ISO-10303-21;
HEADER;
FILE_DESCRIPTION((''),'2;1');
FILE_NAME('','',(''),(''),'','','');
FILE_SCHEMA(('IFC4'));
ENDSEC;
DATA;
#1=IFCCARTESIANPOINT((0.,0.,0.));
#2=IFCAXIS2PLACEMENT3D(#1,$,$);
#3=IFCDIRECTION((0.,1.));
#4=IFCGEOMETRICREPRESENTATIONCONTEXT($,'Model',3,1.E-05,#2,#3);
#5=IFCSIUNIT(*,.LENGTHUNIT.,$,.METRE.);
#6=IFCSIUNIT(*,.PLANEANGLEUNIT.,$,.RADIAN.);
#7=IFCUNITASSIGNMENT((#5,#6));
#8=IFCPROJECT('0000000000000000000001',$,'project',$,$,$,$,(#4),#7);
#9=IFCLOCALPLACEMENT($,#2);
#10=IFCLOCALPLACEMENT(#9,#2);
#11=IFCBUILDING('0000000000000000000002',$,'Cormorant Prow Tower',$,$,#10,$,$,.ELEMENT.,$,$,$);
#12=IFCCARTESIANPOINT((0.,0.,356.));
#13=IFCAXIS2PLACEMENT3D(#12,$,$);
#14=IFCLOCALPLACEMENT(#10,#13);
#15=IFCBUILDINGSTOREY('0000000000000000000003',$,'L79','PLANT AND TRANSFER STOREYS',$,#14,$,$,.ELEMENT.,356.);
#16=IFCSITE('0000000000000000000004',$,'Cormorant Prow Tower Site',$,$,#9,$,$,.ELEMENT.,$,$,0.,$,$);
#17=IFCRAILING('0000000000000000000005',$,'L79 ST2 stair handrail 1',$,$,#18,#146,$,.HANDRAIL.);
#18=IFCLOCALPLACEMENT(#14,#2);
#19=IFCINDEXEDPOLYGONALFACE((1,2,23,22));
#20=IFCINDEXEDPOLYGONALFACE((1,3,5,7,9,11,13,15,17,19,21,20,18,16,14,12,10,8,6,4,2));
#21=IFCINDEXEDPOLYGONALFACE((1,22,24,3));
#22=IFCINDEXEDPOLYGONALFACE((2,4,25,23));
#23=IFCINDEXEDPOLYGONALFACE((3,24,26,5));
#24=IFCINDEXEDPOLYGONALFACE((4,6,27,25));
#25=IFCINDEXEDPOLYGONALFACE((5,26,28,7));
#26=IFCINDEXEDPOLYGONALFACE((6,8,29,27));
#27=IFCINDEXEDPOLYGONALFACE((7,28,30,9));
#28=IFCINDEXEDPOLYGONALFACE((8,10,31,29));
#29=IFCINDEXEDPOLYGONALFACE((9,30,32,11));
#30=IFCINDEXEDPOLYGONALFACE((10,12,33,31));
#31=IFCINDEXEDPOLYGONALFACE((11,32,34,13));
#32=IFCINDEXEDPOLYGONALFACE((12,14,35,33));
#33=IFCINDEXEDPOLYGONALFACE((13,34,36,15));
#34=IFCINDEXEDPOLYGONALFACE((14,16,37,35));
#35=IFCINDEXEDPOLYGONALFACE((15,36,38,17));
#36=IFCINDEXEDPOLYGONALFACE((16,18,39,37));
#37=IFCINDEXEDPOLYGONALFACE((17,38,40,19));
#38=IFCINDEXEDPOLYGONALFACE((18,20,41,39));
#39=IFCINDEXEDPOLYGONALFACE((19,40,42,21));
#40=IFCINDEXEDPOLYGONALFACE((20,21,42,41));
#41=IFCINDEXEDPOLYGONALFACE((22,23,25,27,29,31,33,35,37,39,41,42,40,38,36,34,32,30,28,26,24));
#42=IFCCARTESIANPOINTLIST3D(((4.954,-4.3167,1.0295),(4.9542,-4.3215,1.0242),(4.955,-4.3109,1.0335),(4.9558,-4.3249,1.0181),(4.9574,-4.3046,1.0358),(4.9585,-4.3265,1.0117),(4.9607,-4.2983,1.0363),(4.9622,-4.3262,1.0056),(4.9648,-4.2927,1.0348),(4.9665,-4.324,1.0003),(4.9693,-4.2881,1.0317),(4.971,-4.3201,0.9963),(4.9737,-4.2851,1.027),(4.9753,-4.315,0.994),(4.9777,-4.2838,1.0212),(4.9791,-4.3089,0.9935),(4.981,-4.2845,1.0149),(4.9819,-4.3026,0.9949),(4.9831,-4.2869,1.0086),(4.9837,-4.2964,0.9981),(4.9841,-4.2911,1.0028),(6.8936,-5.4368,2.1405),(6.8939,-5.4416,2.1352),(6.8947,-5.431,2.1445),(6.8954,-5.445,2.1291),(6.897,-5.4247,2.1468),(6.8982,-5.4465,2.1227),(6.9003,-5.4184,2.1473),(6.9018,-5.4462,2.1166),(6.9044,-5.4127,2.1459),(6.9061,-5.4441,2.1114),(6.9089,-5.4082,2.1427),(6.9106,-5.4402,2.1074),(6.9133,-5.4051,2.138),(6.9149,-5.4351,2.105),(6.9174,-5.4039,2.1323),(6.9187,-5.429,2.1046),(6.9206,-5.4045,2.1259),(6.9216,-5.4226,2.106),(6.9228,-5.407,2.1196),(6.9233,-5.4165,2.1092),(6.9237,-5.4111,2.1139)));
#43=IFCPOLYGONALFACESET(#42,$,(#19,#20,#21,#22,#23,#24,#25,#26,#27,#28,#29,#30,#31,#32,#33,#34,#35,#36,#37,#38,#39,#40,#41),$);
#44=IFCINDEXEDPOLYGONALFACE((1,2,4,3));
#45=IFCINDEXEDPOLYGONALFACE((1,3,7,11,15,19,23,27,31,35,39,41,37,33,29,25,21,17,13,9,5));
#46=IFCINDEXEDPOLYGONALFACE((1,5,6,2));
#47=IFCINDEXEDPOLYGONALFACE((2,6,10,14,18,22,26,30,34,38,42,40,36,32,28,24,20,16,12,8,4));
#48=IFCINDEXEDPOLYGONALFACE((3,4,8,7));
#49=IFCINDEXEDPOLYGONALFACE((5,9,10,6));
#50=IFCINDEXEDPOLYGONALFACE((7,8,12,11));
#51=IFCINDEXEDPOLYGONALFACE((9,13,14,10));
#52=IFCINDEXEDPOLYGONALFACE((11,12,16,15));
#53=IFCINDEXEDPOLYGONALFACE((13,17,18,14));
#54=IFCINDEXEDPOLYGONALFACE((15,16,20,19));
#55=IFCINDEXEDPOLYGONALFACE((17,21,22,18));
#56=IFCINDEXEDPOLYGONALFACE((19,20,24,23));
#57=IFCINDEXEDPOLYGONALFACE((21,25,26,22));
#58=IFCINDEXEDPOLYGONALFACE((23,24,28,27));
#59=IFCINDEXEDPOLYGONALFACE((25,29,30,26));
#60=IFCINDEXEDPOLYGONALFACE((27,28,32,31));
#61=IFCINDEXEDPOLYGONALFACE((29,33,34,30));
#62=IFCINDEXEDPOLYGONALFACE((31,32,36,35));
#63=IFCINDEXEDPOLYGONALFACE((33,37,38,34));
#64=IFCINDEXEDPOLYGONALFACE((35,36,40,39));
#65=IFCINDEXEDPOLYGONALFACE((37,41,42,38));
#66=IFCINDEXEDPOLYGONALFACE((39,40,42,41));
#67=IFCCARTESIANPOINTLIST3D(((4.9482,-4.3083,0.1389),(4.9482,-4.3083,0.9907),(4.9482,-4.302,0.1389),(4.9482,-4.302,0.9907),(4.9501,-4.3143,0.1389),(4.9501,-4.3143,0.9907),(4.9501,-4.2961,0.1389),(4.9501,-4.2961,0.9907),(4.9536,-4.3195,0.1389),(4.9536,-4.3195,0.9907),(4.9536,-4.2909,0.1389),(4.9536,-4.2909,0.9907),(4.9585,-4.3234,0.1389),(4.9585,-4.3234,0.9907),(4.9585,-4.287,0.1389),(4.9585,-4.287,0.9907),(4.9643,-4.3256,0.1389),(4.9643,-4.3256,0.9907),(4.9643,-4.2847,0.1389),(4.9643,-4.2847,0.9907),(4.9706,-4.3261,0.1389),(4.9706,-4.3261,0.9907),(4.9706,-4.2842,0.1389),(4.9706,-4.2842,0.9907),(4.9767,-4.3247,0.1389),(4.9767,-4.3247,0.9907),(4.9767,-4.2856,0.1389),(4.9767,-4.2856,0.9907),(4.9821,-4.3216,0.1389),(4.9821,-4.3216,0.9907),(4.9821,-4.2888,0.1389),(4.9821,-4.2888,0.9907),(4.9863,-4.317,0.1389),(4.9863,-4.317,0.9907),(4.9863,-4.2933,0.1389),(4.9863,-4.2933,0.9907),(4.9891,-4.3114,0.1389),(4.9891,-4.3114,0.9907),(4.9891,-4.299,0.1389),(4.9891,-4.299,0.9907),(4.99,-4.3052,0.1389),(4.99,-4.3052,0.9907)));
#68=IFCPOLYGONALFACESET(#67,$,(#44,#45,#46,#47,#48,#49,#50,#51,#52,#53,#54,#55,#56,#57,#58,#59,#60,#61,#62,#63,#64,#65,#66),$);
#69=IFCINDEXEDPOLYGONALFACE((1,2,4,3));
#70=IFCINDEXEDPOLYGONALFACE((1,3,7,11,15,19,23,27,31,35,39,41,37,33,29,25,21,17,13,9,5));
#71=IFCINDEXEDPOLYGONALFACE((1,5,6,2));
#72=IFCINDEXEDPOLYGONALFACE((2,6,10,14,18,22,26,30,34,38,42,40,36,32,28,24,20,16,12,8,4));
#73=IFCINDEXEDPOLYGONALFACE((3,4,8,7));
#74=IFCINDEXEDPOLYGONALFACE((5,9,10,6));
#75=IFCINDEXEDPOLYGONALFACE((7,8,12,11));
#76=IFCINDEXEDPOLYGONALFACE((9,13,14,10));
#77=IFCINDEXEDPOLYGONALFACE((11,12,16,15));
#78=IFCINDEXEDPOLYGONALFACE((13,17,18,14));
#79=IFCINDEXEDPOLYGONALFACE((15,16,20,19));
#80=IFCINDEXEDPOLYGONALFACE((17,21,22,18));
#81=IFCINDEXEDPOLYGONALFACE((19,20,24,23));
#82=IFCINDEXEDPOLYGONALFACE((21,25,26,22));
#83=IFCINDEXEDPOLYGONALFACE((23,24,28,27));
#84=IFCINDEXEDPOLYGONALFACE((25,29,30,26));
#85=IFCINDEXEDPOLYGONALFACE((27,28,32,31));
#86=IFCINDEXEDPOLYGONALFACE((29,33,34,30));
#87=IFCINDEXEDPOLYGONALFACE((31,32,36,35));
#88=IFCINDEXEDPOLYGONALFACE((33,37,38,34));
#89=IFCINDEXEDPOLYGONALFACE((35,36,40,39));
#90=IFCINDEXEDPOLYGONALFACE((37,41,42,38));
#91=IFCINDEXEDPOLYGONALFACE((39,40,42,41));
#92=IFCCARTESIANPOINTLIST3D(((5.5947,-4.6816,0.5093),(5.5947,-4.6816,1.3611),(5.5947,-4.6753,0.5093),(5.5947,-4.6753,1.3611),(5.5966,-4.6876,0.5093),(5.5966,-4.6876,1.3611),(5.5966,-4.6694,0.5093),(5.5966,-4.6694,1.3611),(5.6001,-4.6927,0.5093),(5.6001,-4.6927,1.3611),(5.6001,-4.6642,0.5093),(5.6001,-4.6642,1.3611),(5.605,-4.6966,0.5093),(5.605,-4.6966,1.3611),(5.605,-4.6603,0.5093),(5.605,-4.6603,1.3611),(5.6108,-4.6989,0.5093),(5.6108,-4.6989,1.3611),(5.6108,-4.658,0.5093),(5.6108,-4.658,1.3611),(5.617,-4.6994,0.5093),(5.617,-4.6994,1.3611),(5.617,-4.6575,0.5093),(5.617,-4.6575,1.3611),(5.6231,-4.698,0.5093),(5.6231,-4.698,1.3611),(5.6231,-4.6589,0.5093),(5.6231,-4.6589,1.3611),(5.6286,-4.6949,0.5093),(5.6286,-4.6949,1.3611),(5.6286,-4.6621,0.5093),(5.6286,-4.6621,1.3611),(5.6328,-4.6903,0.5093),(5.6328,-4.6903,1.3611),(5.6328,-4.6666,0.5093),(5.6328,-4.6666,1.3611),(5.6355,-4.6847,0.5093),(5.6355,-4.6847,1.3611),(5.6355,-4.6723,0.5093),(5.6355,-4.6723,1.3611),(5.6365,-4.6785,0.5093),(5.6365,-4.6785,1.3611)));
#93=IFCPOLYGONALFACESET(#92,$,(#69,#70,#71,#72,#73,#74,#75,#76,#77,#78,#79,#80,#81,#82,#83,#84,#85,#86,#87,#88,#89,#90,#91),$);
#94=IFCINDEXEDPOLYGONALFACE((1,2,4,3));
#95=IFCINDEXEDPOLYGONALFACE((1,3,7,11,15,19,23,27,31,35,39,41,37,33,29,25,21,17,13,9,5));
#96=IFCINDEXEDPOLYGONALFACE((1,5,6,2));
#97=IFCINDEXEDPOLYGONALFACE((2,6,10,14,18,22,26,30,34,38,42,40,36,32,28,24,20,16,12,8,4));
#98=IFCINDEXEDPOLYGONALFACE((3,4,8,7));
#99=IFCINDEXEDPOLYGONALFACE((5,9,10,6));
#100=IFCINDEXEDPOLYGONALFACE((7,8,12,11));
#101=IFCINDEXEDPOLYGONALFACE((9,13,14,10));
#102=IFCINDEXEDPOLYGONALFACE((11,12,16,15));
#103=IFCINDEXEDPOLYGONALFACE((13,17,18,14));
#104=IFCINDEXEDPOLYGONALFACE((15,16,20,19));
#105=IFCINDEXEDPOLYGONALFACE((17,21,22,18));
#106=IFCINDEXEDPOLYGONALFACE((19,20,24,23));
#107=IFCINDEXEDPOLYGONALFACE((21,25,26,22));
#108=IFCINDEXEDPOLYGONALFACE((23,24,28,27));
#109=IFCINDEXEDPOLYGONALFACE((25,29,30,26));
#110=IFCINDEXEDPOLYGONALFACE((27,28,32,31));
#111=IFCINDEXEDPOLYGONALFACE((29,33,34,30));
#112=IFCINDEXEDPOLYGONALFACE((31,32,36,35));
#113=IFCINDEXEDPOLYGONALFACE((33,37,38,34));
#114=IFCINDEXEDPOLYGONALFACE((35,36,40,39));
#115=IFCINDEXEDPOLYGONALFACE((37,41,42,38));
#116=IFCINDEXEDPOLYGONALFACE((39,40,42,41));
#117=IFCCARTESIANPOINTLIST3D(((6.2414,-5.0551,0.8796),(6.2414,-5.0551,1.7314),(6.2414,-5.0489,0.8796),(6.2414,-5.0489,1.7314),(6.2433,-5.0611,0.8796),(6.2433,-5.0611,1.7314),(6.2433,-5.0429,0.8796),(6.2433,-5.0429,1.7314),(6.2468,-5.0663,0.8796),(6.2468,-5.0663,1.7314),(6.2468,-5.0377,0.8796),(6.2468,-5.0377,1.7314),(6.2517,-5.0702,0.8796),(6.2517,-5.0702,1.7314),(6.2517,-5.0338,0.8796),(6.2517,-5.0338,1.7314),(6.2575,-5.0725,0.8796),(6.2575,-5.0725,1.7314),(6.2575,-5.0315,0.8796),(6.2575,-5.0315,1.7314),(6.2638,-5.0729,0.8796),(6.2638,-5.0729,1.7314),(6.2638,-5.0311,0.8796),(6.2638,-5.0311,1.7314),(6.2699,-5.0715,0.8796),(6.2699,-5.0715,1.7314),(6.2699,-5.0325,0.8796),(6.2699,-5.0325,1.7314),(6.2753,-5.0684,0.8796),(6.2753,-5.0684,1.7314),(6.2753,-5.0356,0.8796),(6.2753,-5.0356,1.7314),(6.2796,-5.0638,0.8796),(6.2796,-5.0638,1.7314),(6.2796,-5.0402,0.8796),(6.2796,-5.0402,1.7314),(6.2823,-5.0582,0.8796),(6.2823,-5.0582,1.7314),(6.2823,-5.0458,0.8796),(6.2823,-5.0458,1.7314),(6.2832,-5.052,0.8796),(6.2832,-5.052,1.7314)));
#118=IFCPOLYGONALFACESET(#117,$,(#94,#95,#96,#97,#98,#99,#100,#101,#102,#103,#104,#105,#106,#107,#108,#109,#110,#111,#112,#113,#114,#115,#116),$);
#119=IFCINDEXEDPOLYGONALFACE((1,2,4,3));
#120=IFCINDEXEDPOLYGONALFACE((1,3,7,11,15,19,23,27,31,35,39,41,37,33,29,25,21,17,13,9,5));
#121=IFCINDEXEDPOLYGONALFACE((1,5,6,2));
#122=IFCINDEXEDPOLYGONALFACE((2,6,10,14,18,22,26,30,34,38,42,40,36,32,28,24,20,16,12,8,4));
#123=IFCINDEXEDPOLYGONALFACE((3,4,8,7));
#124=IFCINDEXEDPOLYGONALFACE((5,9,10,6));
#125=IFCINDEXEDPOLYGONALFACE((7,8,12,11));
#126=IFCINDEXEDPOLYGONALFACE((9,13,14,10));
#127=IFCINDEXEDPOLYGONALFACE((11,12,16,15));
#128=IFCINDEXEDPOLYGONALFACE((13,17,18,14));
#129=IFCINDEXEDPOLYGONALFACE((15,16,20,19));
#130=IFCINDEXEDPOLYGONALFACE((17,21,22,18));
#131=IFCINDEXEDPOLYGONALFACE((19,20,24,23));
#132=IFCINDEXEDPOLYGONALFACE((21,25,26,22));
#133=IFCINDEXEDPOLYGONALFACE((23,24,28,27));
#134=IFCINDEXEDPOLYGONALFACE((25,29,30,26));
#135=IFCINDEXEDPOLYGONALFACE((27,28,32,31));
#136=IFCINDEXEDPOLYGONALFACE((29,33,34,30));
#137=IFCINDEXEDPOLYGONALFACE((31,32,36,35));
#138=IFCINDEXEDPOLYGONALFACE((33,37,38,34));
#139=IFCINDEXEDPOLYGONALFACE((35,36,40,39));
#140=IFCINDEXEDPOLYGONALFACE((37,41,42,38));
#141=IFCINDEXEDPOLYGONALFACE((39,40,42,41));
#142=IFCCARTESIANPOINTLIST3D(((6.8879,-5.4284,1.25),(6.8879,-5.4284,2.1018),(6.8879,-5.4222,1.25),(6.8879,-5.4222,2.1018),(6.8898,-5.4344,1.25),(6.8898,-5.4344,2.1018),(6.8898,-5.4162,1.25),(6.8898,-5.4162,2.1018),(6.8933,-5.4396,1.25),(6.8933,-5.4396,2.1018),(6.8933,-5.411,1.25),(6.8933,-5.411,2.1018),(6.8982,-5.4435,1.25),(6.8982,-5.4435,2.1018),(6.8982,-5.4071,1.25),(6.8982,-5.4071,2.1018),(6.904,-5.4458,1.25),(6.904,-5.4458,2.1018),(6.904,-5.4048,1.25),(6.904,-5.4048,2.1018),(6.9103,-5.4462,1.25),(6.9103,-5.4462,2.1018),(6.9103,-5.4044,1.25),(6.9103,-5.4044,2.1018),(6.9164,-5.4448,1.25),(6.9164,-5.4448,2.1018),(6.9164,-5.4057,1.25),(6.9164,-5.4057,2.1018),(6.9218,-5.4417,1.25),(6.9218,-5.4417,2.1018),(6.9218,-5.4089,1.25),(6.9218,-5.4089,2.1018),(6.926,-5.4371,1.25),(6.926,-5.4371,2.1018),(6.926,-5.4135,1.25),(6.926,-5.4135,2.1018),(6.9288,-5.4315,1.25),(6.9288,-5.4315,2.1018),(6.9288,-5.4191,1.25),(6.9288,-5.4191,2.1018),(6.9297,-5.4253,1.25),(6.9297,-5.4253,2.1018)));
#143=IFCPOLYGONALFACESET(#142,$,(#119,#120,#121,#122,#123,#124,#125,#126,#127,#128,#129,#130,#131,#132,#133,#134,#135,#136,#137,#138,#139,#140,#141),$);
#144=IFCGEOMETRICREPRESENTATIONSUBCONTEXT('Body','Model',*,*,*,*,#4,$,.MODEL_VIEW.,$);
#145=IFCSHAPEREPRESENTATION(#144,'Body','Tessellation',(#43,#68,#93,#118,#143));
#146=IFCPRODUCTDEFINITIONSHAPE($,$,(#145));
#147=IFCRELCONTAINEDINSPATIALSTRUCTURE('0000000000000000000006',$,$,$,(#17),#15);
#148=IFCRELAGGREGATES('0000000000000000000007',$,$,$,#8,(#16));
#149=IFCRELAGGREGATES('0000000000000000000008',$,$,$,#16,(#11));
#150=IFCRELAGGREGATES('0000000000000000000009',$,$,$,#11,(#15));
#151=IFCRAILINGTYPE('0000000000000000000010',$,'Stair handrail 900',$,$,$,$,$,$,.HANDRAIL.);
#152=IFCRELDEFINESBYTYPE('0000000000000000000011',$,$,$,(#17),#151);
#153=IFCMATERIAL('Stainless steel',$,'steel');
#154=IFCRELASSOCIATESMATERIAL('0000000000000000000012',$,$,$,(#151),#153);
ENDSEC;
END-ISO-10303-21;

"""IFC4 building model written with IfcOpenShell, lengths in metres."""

from ifc_helpers import new_model, si_unit, direction, frame, origin, origin_2d, place, context, subcontext, project, spatial, circle, extrude, material, type_object, element, save


model = new_model("IFC4")

# Units and contexts
model_context = context("Model", 3, precision=1e-05, world=origin(), true_north=direction((0.0, 1.0)))
body_context = subcontext(model_context, "Body", "Model", "MODEL_VIEW")
ifc_project = project(units=[si_unit("LENGTHUNIT", "METRE"), si_unit("PLANEANGLEUNIT", "RADIAN")], contexts=[model_context])

# Site, building, storey
site_placement = place(None, origin())
site = spatial("IfcSite", under=ifc_project, at=site_placement, Name="Cormorant Prow Tower Site", CompositionType="ELEMENT", RefElevation=0.0)
building_placement = place(site_placement, origin())
building = spatial("IfcBuilding", under=site, at=building_placement, Name="Cormorant Prow Tower", CompositionType="ELEMENT")
storey_placement = place(building_placement, frame((0.0, 0.0, 356.0)))
storey = spatial("IfcBuildingStorey", under=building, at=storey_placement, Name="L79", Description="PLANT AND TRANSFER STOREYS", CompositionType="ELEMENT", Elevation=356.0)

# Railing
ifc_material_1 = material(Name="Stainless steel", Category="steel")
railing_type_1 = type_object("IfcRailingType", Name="Stair handrail 900", PredefinedType="HANDRAIL", material=ifc_material_1)
railing_1_placement = place(storey_placement, frame((4.969, -4.3052, 0.1389)))
element("IfcRailing", 1, at=railing_1_placement, inside=storey, type_object=railing_type_1, Name="L79 ST2 stair handrail 1", PredefinedType="HANDRAIL", context=body_context, shape_type="SweptSolid", body=[
    extrude(circle(Radius=0.0239, at=origin_2d()), frame((0.0, 0.0, 0.876), z_axis=(0.77578, -0.44799, 0.444377), x_axis=(0.500078, 0.86598, 0.0)), (0.0, 0.0, 1.0), 2.5002),
    extrude(circle(Radius=0.021, at=origin_2d()), origin(), (0.0, 0.0, 1.0), 0.8518),
    extrude(circle(Radius=0.021, at=origin_2d()), frame((0.6465, -0.3733, 0.3704)), (0.0, 0.0, 1.0), 0.8518),
    extrude(circle(Radius=0.021, at=origin_2d()), frame((1.2932, -0.7468, 0.7407)), (0.0, 0.0, 1.0), 0.8518),
    extrude(circle(Radius=0.021, at=origin_2d()), frame((1.9397, -1.1201, 1.1111)), (0.0, 0.0, 1.0), 0.8518),
])

save(model, "model.ifc")
